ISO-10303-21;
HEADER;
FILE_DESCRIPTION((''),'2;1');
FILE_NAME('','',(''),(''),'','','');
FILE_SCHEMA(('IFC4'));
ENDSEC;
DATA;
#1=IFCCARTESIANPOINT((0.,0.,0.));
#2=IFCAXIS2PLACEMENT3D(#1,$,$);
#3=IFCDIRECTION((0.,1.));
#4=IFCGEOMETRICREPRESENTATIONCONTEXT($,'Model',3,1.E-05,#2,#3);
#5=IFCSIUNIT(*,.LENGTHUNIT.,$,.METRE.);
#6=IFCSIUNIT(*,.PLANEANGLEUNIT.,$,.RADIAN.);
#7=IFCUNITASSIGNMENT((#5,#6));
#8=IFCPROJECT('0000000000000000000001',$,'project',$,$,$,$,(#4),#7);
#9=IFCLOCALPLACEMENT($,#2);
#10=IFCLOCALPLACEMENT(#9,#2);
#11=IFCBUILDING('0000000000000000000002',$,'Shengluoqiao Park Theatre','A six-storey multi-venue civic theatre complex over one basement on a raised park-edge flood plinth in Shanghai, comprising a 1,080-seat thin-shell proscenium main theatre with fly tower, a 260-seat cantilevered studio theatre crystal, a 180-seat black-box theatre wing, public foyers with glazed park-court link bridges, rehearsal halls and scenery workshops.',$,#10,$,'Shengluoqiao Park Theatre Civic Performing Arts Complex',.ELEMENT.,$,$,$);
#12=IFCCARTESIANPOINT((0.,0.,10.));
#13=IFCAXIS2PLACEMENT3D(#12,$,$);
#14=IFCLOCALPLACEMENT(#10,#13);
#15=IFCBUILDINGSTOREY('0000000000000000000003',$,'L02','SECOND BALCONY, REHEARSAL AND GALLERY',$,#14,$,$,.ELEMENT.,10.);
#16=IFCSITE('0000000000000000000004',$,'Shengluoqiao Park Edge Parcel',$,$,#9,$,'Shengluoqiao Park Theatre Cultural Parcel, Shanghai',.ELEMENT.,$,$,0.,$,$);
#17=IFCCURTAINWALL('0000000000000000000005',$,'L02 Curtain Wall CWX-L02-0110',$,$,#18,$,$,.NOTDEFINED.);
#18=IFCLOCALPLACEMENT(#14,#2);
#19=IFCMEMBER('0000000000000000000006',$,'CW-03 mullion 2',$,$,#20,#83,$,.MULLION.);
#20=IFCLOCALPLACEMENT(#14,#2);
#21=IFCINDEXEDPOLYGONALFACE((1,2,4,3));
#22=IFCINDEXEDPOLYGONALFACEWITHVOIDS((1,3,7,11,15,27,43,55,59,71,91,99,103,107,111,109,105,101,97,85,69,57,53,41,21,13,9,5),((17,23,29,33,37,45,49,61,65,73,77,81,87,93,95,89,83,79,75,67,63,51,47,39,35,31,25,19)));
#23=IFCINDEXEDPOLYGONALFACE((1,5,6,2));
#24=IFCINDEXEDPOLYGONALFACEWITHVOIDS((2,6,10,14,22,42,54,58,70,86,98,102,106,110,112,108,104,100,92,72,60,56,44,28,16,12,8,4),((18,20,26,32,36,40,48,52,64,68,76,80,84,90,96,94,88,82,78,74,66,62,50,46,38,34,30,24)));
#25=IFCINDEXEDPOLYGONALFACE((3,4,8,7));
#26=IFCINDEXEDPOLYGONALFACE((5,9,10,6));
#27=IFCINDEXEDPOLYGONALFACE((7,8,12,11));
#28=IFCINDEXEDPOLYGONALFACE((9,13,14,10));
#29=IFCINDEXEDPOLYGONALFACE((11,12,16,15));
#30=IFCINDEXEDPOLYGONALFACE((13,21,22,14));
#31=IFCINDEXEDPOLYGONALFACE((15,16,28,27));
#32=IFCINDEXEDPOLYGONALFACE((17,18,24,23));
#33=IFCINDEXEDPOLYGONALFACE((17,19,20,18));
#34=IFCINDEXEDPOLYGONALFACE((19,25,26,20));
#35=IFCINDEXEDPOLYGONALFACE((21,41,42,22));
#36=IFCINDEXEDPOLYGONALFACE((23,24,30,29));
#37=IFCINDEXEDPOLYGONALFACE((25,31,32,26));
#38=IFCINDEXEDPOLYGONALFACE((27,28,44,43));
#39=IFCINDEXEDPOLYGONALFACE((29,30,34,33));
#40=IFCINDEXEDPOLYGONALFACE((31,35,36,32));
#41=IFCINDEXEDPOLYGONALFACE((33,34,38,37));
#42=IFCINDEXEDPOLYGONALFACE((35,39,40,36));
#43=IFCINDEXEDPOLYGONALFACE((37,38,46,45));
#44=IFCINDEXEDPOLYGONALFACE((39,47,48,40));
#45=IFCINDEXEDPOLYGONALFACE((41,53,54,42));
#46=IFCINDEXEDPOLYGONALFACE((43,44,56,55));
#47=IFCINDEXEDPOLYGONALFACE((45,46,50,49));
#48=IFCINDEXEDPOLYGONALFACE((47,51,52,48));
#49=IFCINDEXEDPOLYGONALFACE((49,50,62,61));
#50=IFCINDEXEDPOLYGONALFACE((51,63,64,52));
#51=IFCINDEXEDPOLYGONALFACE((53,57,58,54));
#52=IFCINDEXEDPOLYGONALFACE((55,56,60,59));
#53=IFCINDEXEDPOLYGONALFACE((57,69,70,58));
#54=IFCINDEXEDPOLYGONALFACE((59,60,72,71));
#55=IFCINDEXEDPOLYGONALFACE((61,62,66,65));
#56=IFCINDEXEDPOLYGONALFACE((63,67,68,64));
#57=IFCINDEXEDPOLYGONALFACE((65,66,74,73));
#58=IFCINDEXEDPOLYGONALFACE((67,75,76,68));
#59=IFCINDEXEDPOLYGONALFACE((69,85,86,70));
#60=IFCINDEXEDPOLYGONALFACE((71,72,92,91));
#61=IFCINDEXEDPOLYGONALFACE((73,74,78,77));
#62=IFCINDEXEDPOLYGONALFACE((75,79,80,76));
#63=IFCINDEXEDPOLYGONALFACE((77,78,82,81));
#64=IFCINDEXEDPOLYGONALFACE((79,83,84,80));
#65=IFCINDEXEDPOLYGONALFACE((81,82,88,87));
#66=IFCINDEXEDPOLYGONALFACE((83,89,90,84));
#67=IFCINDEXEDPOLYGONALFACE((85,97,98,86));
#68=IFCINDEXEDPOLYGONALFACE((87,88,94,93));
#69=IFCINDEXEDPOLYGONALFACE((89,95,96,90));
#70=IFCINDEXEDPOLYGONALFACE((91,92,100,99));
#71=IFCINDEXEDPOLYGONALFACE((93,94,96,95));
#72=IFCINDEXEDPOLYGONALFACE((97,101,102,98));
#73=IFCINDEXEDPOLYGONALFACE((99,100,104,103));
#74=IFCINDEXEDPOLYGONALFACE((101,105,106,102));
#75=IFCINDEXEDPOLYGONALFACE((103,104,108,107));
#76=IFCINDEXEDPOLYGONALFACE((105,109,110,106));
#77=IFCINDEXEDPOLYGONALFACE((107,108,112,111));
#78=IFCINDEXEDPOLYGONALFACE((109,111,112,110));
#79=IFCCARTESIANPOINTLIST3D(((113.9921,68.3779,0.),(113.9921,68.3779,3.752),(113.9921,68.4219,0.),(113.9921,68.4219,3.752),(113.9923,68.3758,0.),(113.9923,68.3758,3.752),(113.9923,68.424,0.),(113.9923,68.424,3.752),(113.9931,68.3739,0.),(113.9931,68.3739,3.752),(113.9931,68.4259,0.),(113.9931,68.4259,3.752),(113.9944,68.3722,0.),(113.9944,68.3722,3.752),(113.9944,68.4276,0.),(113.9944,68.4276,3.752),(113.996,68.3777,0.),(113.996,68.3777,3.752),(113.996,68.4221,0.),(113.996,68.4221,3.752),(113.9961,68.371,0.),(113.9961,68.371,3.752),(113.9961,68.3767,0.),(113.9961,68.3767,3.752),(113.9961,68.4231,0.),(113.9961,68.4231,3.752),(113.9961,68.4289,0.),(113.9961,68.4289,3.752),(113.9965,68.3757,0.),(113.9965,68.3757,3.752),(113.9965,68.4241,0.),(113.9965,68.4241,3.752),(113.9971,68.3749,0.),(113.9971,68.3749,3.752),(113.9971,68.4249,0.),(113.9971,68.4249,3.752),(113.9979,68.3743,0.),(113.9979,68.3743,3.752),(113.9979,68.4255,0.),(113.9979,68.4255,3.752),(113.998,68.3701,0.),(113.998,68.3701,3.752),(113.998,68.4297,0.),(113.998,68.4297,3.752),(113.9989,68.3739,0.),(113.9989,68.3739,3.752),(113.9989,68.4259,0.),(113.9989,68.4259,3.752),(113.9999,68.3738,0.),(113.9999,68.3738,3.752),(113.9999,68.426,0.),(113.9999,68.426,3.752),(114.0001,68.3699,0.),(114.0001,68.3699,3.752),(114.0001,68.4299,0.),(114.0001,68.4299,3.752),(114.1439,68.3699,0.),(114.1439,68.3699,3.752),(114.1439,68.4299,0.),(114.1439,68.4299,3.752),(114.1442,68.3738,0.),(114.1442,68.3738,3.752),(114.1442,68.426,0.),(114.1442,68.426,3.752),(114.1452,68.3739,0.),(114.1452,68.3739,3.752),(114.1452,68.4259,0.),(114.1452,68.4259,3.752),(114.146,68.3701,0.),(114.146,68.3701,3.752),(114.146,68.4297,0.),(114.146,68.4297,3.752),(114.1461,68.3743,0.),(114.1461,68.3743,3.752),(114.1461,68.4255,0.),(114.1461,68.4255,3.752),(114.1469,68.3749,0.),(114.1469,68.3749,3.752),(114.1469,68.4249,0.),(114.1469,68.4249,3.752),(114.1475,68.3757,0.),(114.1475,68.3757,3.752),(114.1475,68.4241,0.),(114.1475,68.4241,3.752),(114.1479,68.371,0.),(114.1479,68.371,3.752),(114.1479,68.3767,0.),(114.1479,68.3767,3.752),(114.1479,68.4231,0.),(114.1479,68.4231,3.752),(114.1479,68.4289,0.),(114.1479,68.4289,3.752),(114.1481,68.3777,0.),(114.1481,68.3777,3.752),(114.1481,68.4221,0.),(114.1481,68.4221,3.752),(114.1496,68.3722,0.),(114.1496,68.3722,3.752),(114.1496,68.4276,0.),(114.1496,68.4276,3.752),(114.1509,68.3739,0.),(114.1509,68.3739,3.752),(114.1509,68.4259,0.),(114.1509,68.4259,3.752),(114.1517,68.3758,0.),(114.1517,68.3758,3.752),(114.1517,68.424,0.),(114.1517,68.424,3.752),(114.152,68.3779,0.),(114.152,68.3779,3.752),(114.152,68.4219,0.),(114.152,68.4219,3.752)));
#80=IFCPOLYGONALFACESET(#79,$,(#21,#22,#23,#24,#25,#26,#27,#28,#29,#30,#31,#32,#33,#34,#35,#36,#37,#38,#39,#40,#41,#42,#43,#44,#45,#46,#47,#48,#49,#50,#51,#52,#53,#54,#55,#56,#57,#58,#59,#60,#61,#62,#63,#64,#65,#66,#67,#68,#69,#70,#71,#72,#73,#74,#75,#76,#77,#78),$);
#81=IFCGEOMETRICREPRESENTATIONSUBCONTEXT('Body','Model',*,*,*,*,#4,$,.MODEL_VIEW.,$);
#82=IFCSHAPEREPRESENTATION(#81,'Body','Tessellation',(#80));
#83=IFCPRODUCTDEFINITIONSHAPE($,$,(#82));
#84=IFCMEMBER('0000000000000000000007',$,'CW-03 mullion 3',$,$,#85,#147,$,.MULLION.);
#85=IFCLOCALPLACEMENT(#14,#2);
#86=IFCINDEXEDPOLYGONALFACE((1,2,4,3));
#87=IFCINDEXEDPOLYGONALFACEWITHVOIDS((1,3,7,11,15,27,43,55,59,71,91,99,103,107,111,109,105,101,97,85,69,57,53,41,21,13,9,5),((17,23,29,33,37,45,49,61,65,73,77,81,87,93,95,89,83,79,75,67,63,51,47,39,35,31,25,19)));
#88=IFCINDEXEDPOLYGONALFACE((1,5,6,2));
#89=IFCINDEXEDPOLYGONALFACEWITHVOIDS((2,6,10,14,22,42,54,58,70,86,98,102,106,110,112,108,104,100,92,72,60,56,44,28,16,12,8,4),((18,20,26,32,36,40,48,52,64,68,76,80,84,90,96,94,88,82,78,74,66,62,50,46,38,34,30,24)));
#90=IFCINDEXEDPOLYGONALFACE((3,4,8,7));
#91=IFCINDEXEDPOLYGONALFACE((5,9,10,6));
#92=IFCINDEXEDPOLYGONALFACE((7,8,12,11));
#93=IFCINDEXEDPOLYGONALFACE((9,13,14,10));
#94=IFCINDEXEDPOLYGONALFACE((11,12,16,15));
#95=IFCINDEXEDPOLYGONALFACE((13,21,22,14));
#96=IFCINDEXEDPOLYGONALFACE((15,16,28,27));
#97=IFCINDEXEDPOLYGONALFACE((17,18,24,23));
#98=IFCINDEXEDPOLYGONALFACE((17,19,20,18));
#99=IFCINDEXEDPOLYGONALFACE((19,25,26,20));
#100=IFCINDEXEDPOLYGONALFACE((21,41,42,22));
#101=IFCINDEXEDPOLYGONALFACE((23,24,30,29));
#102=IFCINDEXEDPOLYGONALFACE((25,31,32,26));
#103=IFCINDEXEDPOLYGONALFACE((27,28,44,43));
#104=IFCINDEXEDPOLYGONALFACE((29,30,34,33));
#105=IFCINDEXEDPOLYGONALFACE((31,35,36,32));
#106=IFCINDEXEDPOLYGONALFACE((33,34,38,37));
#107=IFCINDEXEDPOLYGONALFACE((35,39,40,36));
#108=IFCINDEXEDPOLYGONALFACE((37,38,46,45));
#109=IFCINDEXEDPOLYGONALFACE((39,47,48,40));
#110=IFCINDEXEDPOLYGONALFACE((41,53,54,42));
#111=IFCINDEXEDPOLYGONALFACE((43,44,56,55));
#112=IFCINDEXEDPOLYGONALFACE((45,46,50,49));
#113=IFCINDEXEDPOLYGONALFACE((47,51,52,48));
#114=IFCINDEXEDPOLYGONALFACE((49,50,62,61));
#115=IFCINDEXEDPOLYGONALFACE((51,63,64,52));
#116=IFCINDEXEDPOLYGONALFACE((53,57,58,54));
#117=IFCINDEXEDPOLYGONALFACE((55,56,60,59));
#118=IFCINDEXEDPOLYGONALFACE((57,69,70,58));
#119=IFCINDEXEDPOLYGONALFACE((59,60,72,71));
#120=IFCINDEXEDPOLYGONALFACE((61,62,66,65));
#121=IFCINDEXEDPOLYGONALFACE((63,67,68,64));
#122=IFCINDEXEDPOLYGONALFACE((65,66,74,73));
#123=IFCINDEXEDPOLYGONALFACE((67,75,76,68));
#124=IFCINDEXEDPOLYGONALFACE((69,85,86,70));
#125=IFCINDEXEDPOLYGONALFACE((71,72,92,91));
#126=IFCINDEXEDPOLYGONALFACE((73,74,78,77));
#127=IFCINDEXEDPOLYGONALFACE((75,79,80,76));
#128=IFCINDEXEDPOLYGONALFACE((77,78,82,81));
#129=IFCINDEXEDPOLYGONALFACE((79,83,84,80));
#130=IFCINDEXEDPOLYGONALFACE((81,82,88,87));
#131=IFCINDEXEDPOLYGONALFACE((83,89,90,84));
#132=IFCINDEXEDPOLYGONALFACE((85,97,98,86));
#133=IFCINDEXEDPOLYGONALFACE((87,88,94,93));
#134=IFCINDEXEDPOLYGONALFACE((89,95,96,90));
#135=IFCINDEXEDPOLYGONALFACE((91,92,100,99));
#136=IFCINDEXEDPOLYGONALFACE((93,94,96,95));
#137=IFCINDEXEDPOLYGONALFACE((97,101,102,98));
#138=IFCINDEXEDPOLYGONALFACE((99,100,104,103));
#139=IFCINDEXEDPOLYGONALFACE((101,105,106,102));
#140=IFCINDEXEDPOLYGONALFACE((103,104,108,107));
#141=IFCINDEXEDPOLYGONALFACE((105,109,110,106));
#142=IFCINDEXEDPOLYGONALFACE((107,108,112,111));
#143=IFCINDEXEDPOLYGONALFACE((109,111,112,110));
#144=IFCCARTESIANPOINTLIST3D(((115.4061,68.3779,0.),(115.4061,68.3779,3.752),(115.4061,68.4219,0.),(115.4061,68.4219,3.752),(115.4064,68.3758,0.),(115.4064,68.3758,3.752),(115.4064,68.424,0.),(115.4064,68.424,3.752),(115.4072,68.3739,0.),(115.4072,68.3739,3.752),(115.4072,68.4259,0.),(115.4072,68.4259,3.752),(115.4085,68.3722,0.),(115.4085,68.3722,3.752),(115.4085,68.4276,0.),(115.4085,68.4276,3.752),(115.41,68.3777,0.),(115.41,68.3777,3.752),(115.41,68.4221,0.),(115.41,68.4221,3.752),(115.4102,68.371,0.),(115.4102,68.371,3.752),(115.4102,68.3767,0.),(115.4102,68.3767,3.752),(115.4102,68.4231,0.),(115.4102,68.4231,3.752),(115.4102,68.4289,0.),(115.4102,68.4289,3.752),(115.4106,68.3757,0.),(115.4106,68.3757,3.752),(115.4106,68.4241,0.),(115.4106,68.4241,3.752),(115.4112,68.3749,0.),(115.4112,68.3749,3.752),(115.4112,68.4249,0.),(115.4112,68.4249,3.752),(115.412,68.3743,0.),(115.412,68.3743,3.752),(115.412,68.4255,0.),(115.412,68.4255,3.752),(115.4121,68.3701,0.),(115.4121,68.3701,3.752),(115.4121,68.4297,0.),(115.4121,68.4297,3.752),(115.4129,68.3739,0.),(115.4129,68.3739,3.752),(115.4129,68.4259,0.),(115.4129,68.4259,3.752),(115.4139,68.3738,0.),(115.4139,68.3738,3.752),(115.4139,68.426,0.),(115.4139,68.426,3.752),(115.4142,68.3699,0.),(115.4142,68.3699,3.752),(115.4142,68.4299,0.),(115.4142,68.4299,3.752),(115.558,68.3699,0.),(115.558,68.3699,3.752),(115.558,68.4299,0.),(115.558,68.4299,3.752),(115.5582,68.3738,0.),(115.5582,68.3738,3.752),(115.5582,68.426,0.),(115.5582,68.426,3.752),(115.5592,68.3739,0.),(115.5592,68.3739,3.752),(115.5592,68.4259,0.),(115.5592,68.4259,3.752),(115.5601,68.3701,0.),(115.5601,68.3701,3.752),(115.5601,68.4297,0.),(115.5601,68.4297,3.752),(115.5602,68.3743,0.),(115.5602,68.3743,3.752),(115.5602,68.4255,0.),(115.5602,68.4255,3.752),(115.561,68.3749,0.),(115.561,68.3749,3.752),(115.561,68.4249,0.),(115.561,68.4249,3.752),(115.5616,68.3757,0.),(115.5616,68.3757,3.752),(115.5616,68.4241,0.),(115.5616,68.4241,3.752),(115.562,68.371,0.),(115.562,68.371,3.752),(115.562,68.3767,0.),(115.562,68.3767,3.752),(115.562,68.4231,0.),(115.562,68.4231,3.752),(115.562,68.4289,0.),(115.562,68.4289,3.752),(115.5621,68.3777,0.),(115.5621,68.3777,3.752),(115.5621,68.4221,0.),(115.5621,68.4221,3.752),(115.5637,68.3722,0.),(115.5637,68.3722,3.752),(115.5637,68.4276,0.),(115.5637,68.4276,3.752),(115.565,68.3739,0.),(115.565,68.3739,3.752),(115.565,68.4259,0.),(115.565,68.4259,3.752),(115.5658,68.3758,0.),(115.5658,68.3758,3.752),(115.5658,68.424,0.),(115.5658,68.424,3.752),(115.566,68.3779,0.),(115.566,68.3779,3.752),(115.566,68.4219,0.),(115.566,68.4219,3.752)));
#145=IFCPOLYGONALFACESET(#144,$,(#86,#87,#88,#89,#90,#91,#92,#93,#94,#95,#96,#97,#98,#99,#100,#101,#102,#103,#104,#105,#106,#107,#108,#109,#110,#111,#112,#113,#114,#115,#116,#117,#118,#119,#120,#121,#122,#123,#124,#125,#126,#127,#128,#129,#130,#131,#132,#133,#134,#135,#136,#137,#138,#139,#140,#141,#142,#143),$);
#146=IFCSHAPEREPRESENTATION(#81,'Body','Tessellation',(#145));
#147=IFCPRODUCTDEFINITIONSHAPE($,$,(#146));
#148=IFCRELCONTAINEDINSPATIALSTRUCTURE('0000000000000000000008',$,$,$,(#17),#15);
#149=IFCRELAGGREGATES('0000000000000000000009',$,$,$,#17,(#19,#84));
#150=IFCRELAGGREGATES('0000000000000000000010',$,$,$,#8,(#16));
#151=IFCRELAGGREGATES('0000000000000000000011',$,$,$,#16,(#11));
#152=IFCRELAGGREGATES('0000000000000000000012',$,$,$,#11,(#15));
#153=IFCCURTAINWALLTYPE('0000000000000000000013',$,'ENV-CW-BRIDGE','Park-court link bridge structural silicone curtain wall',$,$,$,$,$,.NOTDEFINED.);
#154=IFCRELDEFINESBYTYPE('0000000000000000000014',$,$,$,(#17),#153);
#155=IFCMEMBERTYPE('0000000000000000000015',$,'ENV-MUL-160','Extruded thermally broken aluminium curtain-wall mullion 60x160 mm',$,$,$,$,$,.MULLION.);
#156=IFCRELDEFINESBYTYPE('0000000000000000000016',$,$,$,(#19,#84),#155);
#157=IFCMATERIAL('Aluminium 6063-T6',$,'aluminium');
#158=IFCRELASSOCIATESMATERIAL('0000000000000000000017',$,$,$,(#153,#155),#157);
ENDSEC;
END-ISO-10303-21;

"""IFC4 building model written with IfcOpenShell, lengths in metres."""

from ifc_helpers import new_model, si_unit, direction, frame, origin, origin_2d, place, context, subcontext, project, spatial, hollow_rectangle, extrude, material, material_profile, profile_set, type_object, element, aggregate, save


model = new_model("IFC4")

# Units and contexts
model_context = context("Model", 3, precision=1e-05, world=origin(), true_north=direction((0.0, 1.0)))
body_context = subcontext(model_context, "Body", "Model", "MODEL_VIEW")
ifc_project = project(units=[si_unit("LENGTHUNIT", "METRE"), si_unit("PLANEANGLEUNIT", "RADIAN")], contexts=[model_context])

# Site, building, storey
site_placement = place(None, origin())
site = spatial("IfcSite", under=ifc_project, at=site_placement, Name="Shengluoqiao Park Edge Parcel", LongName="Shengluoqiao Park Theatre Cultural Parcel, Shanghai", CompositionType="ELEMENT", RefElevation=0.0)
building_placement = place(site_placement, origin())
building = spatial("IfcBuilding", under=site, at=building_placement, Name="Shengluoqiao Park Theatre", Description="A six-storey multi-venue civic theatre complex over one basement on a raised park-edge flood plinth in Shanghai, comprising a 1,080-seat thin-shell proscenium main theatre with fly tower, a 260-seat cantilevered studio theatre crystal, a 180-seat black-box theatre wing, public foyers with glazed park-court link bridges, rehearsal halls and scenery workshops.", LongName="Shengluoqiao Park Theatre Civic Performing Arts Complex", CompositionType="ELEMENT")
storey_placement = place(building_placement, frame((0.0, 0.0, 10.0)))
storey = spatial("IfcBuildingStorey", under=building, at=storey_placement, Name="L02", Description="SECOND BALCONY, REHEARSAL AND GALLERY", CompositionType="ELEMENT", Elevation=10.0)

# Curtain wall, members
ifc_material_1 = material(Name="Aluminium 6063-T6", Category="aluminium")
curtain_wall_type = type_object("IfcCurtainWallType", Name="ENV-CW-BRIDGE", Description="Park-court link bridge structural silicone curtain wall", PredefinedType="NOTDEFINED", material=ifc_material_1)
curtain_wall_placement = place(storey_placement, origin())
curtain_wall = element("IfcCurtainWall", 1, at=curtain_wall_placement, inside=storey, type_object=curtain_wall_type, Name="L02 Curtain Wall CWX-L02-0110", PredefinedType="NOTDEFINED")
ifc_material_profile_1 = material_profile(ifc_material_1, hollow_rectangle(XDim=0.0601, YDim=0.1599, WallThickness=0.0039, InnerFilletRadius=0.0039, OuterFilletRadius=0.0081, at=origin_2d()), Name="ALU MULLION 160x60x4")
ifc_profile_set_1 = profile_set([ifc_material_profile_1], Name="Aluminium 6063-T6")
member_type_1 = type_object("IfcMemberType", Name="ENV-MUL-160", Description="Extruded thermally broken aluminium curtain-wall mullion 60x160 mm", PredefinedType="MULLION", material=ifc_profile_set_1)
member_1_placement = place(storey_placement, frame((114.072, 68.3999, 0.0), z_axis=(0.0, 0.0, 1.0), x_axis=(0.0, 1.0, 0.0)))
member_1 = element("IfcMember", 2, at=member_1_placement, type_object=member_type_1, Name="CW-03 mullion 2", PredefinedType="MULLION", context=body_context, shape_type="SweptSolid", body=[
    extrude(hollow_rectangle(XDim=0.0601, YDim=0.1599, WallThickness=0.0039, InnerFilletRadius=0.0039, OuterFilletRadius=0.0081, at=origin_2d()), origin(), (0.0, 0.0, 1.0), 3.752),
])
member_2_placement = place(storey_placement, frame((115.4861, 68.3999, 0.0), z_axis=(0.0, 0.0, 1.0), x_axis=(0.0, 1.0, 0.0)))
member_2 = element("IfcMember", 3, at=member_2_placement, type_object=member_type_1, Name="CW-03 mullion 3", PredefinedType="MULLION", context=body_context, shape_type="SweptSolid", body=[
    extrude(hollow_rectangle(XDim=0.0601, YDim=0.1599, WallThickness=0.0039, InnerFilletRadius=0.0039, OuterFilletRadius=0.0081, at=origin_2d()), origin(), (0.0, 0.0, 1.0), 3.752),
])

aggregate(curtain_wall, [member_1, member_2])

save(model, "model.ifc")
